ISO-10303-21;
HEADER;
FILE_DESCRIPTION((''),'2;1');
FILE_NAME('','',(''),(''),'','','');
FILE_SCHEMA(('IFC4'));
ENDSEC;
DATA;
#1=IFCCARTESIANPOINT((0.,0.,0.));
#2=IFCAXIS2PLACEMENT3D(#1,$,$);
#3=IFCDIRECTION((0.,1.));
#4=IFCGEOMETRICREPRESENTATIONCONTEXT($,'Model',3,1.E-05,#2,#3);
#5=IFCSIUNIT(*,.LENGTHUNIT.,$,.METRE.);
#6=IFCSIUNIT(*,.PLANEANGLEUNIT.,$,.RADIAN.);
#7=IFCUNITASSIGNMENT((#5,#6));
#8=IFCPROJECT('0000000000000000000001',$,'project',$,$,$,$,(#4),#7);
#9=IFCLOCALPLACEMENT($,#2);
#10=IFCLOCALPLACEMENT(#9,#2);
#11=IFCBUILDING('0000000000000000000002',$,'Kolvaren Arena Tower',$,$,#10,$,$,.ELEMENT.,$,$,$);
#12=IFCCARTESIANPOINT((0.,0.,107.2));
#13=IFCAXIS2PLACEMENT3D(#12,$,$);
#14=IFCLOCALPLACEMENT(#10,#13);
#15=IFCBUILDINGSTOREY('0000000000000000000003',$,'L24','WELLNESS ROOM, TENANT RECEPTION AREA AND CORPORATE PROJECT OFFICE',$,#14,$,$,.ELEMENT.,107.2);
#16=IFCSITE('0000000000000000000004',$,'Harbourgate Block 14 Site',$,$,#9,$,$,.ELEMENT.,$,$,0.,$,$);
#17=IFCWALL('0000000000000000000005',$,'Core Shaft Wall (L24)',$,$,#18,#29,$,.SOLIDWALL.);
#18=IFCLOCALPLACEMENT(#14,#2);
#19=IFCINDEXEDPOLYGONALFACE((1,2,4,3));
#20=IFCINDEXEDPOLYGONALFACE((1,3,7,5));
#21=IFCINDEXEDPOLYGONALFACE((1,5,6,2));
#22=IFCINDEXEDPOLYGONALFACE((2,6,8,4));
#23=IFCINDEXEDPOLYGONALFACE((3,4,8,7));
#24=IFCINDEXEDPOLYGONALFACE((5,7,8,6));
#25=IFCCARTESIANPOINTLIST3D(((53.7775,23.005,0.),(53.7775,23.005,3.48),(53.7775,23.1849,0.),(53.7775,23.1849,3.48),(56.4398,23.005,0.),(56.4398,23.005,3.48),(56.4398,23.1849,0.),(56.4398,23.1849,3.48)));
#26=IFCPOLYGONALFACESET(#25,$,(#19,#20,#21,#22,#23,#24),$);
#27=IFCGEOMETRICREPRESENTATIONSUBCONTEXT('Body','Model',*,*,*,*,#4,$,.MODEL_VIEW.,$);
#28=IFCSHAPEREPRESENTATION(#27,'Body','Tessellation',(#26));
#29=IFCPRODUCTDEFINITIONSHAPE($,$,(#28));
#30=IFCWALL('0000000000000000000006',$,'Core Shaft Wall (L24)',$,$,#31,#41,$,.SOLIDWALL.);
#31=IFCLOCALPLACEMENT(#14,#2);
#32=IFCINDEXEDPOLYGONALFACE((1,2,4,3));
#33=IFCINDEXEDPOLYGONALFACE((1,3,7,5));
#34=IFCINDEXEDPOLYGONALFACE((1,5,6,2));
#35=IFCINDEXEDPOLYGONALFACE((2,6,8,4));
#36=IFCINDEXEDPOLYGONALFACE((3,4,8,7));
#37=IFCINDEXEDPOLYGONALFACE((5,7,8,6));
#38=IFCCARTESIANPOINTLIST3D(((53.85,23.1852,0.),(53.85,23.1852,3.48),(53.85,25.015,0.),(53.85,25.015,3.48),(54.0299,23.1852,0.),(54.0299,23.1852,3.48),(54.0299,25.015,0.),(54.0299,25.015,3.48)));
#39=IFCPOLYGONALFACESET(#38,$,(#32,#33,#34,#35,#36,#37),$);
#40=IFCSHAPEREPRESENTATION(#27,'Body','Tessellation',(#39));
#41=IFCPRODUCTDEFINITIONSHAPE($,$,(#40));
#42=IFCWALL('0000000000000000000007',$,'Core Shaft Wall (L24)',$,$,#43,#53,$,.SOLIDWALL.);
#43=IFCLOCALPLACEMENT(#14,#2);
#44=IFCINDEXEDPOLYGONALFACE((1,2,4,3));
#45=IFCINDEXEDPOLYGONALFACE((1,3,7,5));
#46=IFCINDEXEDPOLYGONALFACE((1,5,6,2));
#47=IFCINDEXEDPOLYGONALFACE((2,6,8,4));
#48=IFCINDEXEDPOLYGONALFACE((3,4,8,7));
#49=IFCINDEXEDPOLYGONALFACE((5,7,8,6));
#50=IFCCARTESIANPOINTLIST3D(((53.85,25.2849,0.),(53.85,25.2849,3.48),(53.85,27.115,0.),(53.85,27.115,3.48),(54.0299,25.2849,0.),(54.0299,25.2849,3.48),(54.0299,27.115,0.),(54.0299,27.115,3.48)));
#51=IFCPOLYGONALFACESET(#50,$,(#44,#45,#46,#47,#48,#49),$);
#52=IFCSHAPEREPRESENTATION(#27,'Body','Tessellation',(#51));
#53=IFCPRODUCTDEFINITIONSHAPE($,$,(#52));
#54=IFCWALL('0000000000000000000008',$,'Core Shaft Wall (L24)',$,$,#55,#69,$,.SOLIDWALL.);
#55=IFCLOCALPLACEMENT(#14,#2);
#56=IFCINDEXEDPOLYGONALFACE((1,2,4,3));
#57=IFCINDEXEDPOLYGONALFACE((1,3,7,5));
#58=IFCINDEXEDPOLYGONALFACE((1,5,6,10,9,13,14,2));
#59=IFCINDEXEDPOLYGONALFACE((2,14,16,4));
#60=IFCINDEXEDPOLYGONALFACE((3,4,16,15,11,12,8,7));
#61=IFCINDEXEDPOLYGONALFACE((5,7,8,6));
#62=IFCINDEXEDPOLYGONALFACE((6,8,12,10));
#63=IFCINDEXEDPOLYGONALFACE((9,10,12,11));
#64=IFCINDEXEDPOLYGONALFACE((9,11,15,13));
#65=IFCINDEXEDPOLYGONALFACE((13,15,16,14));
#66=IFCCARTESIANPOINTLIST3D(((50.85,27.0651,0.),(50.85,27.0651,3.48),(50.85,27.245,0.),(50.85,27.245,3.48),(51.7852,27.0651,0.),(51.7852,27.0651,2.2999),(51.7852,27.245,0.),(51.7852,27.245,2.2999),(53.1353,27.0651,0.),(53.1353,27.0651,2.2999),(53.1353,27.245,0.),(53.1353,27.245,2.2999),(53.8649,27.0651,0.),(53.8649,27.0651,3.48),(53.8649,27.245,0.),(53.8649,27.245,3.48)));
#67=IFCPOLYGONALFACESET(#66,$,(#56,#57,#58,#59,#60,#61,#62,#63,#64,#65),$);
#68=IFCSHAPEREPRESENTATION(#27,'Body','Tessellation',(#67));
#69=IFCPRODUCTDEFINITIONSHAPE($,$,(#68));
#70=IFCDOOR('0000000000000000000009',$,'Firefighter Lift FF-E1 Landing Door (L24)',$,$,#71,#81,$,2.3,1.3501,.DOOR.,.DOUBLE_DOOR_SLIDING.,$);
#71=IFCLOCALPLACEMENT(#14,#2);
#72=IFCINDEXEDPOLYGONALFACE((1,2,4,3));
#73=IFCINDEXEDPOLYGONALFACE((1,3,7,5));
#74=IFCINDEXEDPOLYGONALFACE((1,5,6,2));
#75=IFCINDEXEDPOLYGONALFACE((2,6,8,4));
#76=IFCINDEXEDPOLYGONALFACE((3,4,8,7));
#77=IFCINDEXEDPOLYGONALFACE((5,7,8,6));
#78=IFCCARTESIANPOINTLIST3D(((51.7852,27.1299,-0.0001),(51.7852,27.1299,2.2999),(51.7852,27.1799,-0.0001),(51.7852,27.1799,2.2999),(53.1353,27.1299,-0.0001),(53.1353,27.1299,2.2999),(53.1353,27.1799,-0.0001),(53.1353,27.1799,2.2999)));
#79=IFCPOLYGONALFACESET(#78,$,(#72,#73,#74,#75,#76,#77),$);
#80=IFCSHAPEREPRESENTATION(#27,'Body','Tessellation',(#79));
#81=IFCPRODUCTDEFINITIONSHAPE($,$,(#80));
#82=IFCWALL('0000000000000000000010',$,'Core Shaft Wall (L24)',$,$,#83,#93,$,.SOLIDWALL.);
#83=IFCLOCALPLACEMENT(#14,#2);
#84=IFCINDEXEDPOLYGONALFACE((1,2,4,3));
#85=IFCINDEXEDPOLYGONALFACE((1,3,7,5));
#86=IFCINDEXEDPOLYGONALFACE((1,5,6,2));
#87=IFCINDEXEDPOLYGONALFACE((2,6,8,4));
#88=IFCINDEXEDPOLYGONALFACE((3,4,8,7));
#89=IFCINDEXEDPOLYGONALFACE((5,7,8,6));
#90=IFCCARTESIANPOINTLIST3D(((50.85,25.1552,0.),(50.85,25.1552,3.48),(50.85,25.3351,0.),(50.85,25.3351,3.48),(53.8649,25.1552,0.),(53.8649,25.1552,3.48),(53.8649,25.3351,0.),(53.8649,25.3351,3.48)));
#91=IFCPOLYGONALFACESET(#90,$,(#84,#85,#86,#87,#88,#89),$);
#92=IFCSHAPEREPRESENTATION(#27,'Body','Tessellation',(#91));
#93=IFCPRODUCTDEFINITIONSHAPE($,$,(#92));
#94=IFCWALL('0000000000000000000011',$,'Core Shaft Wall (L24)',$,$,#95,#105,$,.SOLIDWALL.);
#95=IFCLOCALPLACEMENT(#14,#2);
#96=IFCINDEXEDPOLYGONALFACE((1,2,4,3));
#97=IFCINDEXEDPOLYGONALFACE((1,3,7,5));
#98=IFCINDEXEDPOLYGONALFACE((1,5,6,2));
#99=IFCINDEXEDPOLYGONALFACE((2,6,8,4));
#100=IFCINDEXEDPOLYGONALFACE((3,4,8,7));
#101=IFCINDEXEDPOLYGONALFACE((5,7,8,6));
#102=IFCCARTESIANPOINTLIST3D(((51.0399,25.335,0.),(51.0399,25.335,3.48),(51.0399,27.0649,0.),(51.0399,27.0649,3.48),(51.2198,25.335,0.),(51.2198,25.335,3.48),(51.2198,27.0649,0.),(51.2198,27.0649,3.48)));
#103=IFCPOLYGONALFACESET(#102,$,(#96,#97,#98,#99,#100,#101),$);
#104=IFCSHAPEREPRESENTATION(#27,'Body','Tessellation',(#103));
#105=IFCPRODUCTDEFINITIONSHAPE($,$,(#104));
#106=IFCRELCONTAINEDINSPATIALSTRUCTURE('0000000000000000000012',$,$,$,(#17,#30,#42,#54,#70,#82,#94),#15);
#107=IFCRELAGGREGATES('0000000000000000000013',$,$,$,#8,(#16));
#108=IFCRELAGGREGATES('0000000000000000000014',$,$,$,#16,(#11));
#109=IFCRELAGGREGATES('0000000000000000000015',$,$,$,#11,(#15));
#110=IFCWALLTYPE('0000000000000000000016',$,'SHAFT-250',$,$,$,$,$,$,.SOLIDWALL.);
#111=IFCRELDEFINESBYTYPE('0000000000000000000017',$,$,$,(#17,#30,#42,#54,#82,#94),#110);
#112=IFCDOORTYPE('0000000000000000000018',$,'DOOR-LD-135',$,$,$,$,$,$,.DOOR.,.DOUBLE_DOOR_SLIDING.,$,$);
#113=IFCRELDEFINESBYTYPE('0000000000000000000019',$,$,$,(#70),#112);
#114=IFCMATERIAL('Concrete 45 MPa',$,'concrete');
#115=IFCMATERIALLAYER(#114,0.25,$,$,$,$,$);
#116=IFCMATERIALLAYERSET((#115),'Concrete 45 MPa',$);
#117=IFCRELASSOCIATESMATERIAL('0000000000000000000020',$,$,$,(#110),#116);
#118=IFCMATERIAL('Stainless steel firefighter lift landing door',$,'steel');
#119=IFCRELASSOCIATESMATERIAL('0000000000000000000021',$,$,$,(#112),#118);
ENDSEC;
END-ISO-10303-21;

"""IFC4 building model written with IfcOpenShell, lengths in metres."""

from ifc_helpers import new_model, si_unit, direction, frame, frame_2d, origin, place, context, subcontext, project, spatial, rectangle, extrude, material, layer, layer_set, type_object, element, fill, save


model = new_model("IFC4")

# Units and contexts
model_context = context("Model", 3, precision=1e-05, world=origin(), true_north=direction((0.0, 1.0)))
body_context = subcontext(model_context, "Body", "Model", "MODEL_VIEW")
ifc_project = project(units=[si_unit("LENGTHUNIT", "METRE"), si_unit("PLANEANGLEUNIT", "RADIAN")], contexts=[model_context])

# Site, building, storey
site_placement = place(None, origin())
site = spatial("IfcSite", under=ifc_project, at=site_placement, Name="Harbourgate Block 14 Site", CompositionType="ELEMENT", RefElevation=0.0)
building_placement = place(site_placement, origin())
building = spatial("IfcBuilding", under=site, at=building_placement, Name="Kolvaren Arena Tower", CompositionType="ELEMENT")
storey_placement = place(building_placement, frame((0.0, 0.0, 107.2)))
storey = spatial("IfcBuildingStorey", under=building, at=storey_placement, Name="L24", Description="WELLNESS ROOM, TENANT RECEPTION AREA AND CORPORATE PROJECT OFFICE", CompositionType="ELEMENT", Elevation=107.2)

# Shared definitions
ifc_material_1 = material(Name="Concrete 45 MPa", Category="concrete")
ifc_layer_1 = layer(ifc_material_1, 0.25)
ifc_layer_set_1 = layer_set([ifc_layer_1], Name="Concrete 45 MPa")
wall_type_1 = type_object("IfcWallType", Name="SHAFT-250", PredefinedType="SOLIDWALL", material=ifc_layer_set_1)

# Walls
for number, where, z_axis, x_axis, name in (
    (1, (53.7776, 23.095, 0.0), (0.0, 0.0, 1.0), (1.0, 0.0, 0.0), "Core Shaft Wall (L24)"),
):
    element("IfcWall", number, at=place(storey_placement, frame(where, z_axis=z_axis, x_axis=x_axis)), inside=storey, type_object=wall_type_1, Name=name, PredefinedType="SOLIDWALL", context=body_context, shape_type="SweptSolid", body=[
        extrude(rectangle(XDim=2.6624, YDim=0.1799, at=frame_2d((1.3311, 0.0))), origin(), (0.0, 0.0, 1.0), 3.48),
    ])
wall_1_placement = place(storey_placement, frame((53.9399, 23.1851, 0.0), z_axis=(0.0, 0.0, 1.0), x_axis=(0.0, 1.0, 0.0)))
element("IfcWall", 2, at=wall_1_placement, inside=storey, type_object=wall_type_1, Name="Core Shaft Wall (L24)", PredefinedType="SOLIDWALL", context=body_context, shape_type="SweptSolid", body=[
    extrude(rectangle(XDim=1.8298, YDim=0.1799, at=frame_2d((0.915, 0.0))), origin(), (0.0, 0.0, 1.0), 3.48),
])
wall_2_placement = place(storey_placement, frame((53.9399, 25.2849, 0.0), z_axis=(0.0, 0.0, 1.0), x_axis=(0.0, 1.0, 0.0)))
element("IfcWall", 3, at=wall_2_placement, inside=storey, type_object=wall_type_1, Name="Core Shaft Wall (L24)", PredefinedType="SOLIDWALL", context=body_context, shape_type="SweptSolid", body=[
    extrude(rectangle(XDim=1.8301, YDim=0.1799, at=frame_2d((0.915, 0.0))), origin(), (0.0, 0.0, 1.0), 3.48),
])

# Wall, opening, door
wall_3_placement = place(storey_placement, frame((50.8501, 27.155, 0.0), z_axis=(0.0, 0.0, 1.0), x_axis=(1.0, 0.0, 0.0)))
wall_3 = element("IfcWall", 4, at=wall_3_placement, inside=storey, type_object=wall_type_1, Name="Core Shaft Wall (L24)", PredefinedType="SOLIDWALL", context=body_context, shape_type="SweptSolid", body=[
    extrude(rectangle(XDim=3.0149, YDim=0.1799, at=frame_2d((1.5073, 0.0))), origin(), (0.0, 0.0, 1.0), 3.48),
])
opening_1_placement = place(wall_3_placement, frame((0.9351, 0.0, 0.0)))
opening_1 = element("IfcOpeningElement", 5, at=opening_1_placement, cuts=wall_3, PredefinedType="OPENING", context=body_context, shape_type="SweptSolid", body=[
    extrude(rectangle(XDim=1.3501, YDim=2.3, at=frame_2d((0.675, 1.1499))), frame((0.0, 0.0999, 0.0), z_axis=(0.0, -1.0, 0.0), x_axis=(1.0, 0.0, 0.0)), (0.0, 0.0, 1.0), 0.2),
])
ifc_material_2 = material(Name="Stainless steel firefighter lift landing door", Category="steel")
door_type_1 = type_object("IfcDoorType", Name="DOOR-LD-135", OperationType="DOUBLE_DOOR_SLIDING", PredefinedType="DOOR", material=ifc_material_2)
door_1_placement = place(opening_1_placement, origin())
door_1 = element("IfcDoor", 6, at=door_1_placement, inside=storey, type_object=door_type_1, Name="Firefighter Lift FF-E1 Landing Door (L24)", OperationType="DOUBLE_DOOR_SLIDING", OverallHeight=2.3, OverallWidth=1.3501, PredefinedType="DOOR", context=body_context, shape_type="SweptSolid", body=[
    extrude(rectangle(XDim=1.3501, YDim=2.3, at=frame_2d((0.675, 1.1499))), frame((0.0, 0.0249, 0.0), z_axis=(0.0, -1.0, 0.0), x_axis=(1.0, 0.0, 0.0)), (0.0, 0.0, 1.0), 0.05),
])
fill(opening_1, door_1)

# Walls
wall_4_placement = place(storey_placement, frame((50.8501, 25.2451, 0.0), z_axis=(0.0, 0.0, 1.0), x_axis=(1.0, 0.0, 0.0)))
element("IfcWall", 7, at=wall_4_placement, inside=storey, type_object=wall_type_1, Name="Core Shaft Wall (L24)", PredefinedType="SOLIDWALL", context=body_context, shape_type="SweptSolid", body=[
    extrude(rectangle(XDim=3.0149, YDim=0.1799, at=frame_2d((1.5073, 0.0))), origin(), (0.0, 0.0, 1.0), 3.48),
])
wall_5_placement = place(storey_placement, frame((51.1299, 25.335, 0.0), z_axis=(0.0, 0.0, 1.0), x_axis=(0.0, 1.0, 0.0)))
element("IfcWall", 8, at=wall_5_placement, inside=storey, type_object=wall_type_1, Name="Core Shaft Wall (L24)", PredefinedType="SOLIDWALL", context=body_context, shape_type="SweptSolid", body=[
    extrude(rectangle(XDim=1.73, YDim=0.1799, at=frame_2d((0.865, 0.0))), origin(), (0.0, 0.0, 1.0), 3.48),
])

save(model, "model.ifc")
